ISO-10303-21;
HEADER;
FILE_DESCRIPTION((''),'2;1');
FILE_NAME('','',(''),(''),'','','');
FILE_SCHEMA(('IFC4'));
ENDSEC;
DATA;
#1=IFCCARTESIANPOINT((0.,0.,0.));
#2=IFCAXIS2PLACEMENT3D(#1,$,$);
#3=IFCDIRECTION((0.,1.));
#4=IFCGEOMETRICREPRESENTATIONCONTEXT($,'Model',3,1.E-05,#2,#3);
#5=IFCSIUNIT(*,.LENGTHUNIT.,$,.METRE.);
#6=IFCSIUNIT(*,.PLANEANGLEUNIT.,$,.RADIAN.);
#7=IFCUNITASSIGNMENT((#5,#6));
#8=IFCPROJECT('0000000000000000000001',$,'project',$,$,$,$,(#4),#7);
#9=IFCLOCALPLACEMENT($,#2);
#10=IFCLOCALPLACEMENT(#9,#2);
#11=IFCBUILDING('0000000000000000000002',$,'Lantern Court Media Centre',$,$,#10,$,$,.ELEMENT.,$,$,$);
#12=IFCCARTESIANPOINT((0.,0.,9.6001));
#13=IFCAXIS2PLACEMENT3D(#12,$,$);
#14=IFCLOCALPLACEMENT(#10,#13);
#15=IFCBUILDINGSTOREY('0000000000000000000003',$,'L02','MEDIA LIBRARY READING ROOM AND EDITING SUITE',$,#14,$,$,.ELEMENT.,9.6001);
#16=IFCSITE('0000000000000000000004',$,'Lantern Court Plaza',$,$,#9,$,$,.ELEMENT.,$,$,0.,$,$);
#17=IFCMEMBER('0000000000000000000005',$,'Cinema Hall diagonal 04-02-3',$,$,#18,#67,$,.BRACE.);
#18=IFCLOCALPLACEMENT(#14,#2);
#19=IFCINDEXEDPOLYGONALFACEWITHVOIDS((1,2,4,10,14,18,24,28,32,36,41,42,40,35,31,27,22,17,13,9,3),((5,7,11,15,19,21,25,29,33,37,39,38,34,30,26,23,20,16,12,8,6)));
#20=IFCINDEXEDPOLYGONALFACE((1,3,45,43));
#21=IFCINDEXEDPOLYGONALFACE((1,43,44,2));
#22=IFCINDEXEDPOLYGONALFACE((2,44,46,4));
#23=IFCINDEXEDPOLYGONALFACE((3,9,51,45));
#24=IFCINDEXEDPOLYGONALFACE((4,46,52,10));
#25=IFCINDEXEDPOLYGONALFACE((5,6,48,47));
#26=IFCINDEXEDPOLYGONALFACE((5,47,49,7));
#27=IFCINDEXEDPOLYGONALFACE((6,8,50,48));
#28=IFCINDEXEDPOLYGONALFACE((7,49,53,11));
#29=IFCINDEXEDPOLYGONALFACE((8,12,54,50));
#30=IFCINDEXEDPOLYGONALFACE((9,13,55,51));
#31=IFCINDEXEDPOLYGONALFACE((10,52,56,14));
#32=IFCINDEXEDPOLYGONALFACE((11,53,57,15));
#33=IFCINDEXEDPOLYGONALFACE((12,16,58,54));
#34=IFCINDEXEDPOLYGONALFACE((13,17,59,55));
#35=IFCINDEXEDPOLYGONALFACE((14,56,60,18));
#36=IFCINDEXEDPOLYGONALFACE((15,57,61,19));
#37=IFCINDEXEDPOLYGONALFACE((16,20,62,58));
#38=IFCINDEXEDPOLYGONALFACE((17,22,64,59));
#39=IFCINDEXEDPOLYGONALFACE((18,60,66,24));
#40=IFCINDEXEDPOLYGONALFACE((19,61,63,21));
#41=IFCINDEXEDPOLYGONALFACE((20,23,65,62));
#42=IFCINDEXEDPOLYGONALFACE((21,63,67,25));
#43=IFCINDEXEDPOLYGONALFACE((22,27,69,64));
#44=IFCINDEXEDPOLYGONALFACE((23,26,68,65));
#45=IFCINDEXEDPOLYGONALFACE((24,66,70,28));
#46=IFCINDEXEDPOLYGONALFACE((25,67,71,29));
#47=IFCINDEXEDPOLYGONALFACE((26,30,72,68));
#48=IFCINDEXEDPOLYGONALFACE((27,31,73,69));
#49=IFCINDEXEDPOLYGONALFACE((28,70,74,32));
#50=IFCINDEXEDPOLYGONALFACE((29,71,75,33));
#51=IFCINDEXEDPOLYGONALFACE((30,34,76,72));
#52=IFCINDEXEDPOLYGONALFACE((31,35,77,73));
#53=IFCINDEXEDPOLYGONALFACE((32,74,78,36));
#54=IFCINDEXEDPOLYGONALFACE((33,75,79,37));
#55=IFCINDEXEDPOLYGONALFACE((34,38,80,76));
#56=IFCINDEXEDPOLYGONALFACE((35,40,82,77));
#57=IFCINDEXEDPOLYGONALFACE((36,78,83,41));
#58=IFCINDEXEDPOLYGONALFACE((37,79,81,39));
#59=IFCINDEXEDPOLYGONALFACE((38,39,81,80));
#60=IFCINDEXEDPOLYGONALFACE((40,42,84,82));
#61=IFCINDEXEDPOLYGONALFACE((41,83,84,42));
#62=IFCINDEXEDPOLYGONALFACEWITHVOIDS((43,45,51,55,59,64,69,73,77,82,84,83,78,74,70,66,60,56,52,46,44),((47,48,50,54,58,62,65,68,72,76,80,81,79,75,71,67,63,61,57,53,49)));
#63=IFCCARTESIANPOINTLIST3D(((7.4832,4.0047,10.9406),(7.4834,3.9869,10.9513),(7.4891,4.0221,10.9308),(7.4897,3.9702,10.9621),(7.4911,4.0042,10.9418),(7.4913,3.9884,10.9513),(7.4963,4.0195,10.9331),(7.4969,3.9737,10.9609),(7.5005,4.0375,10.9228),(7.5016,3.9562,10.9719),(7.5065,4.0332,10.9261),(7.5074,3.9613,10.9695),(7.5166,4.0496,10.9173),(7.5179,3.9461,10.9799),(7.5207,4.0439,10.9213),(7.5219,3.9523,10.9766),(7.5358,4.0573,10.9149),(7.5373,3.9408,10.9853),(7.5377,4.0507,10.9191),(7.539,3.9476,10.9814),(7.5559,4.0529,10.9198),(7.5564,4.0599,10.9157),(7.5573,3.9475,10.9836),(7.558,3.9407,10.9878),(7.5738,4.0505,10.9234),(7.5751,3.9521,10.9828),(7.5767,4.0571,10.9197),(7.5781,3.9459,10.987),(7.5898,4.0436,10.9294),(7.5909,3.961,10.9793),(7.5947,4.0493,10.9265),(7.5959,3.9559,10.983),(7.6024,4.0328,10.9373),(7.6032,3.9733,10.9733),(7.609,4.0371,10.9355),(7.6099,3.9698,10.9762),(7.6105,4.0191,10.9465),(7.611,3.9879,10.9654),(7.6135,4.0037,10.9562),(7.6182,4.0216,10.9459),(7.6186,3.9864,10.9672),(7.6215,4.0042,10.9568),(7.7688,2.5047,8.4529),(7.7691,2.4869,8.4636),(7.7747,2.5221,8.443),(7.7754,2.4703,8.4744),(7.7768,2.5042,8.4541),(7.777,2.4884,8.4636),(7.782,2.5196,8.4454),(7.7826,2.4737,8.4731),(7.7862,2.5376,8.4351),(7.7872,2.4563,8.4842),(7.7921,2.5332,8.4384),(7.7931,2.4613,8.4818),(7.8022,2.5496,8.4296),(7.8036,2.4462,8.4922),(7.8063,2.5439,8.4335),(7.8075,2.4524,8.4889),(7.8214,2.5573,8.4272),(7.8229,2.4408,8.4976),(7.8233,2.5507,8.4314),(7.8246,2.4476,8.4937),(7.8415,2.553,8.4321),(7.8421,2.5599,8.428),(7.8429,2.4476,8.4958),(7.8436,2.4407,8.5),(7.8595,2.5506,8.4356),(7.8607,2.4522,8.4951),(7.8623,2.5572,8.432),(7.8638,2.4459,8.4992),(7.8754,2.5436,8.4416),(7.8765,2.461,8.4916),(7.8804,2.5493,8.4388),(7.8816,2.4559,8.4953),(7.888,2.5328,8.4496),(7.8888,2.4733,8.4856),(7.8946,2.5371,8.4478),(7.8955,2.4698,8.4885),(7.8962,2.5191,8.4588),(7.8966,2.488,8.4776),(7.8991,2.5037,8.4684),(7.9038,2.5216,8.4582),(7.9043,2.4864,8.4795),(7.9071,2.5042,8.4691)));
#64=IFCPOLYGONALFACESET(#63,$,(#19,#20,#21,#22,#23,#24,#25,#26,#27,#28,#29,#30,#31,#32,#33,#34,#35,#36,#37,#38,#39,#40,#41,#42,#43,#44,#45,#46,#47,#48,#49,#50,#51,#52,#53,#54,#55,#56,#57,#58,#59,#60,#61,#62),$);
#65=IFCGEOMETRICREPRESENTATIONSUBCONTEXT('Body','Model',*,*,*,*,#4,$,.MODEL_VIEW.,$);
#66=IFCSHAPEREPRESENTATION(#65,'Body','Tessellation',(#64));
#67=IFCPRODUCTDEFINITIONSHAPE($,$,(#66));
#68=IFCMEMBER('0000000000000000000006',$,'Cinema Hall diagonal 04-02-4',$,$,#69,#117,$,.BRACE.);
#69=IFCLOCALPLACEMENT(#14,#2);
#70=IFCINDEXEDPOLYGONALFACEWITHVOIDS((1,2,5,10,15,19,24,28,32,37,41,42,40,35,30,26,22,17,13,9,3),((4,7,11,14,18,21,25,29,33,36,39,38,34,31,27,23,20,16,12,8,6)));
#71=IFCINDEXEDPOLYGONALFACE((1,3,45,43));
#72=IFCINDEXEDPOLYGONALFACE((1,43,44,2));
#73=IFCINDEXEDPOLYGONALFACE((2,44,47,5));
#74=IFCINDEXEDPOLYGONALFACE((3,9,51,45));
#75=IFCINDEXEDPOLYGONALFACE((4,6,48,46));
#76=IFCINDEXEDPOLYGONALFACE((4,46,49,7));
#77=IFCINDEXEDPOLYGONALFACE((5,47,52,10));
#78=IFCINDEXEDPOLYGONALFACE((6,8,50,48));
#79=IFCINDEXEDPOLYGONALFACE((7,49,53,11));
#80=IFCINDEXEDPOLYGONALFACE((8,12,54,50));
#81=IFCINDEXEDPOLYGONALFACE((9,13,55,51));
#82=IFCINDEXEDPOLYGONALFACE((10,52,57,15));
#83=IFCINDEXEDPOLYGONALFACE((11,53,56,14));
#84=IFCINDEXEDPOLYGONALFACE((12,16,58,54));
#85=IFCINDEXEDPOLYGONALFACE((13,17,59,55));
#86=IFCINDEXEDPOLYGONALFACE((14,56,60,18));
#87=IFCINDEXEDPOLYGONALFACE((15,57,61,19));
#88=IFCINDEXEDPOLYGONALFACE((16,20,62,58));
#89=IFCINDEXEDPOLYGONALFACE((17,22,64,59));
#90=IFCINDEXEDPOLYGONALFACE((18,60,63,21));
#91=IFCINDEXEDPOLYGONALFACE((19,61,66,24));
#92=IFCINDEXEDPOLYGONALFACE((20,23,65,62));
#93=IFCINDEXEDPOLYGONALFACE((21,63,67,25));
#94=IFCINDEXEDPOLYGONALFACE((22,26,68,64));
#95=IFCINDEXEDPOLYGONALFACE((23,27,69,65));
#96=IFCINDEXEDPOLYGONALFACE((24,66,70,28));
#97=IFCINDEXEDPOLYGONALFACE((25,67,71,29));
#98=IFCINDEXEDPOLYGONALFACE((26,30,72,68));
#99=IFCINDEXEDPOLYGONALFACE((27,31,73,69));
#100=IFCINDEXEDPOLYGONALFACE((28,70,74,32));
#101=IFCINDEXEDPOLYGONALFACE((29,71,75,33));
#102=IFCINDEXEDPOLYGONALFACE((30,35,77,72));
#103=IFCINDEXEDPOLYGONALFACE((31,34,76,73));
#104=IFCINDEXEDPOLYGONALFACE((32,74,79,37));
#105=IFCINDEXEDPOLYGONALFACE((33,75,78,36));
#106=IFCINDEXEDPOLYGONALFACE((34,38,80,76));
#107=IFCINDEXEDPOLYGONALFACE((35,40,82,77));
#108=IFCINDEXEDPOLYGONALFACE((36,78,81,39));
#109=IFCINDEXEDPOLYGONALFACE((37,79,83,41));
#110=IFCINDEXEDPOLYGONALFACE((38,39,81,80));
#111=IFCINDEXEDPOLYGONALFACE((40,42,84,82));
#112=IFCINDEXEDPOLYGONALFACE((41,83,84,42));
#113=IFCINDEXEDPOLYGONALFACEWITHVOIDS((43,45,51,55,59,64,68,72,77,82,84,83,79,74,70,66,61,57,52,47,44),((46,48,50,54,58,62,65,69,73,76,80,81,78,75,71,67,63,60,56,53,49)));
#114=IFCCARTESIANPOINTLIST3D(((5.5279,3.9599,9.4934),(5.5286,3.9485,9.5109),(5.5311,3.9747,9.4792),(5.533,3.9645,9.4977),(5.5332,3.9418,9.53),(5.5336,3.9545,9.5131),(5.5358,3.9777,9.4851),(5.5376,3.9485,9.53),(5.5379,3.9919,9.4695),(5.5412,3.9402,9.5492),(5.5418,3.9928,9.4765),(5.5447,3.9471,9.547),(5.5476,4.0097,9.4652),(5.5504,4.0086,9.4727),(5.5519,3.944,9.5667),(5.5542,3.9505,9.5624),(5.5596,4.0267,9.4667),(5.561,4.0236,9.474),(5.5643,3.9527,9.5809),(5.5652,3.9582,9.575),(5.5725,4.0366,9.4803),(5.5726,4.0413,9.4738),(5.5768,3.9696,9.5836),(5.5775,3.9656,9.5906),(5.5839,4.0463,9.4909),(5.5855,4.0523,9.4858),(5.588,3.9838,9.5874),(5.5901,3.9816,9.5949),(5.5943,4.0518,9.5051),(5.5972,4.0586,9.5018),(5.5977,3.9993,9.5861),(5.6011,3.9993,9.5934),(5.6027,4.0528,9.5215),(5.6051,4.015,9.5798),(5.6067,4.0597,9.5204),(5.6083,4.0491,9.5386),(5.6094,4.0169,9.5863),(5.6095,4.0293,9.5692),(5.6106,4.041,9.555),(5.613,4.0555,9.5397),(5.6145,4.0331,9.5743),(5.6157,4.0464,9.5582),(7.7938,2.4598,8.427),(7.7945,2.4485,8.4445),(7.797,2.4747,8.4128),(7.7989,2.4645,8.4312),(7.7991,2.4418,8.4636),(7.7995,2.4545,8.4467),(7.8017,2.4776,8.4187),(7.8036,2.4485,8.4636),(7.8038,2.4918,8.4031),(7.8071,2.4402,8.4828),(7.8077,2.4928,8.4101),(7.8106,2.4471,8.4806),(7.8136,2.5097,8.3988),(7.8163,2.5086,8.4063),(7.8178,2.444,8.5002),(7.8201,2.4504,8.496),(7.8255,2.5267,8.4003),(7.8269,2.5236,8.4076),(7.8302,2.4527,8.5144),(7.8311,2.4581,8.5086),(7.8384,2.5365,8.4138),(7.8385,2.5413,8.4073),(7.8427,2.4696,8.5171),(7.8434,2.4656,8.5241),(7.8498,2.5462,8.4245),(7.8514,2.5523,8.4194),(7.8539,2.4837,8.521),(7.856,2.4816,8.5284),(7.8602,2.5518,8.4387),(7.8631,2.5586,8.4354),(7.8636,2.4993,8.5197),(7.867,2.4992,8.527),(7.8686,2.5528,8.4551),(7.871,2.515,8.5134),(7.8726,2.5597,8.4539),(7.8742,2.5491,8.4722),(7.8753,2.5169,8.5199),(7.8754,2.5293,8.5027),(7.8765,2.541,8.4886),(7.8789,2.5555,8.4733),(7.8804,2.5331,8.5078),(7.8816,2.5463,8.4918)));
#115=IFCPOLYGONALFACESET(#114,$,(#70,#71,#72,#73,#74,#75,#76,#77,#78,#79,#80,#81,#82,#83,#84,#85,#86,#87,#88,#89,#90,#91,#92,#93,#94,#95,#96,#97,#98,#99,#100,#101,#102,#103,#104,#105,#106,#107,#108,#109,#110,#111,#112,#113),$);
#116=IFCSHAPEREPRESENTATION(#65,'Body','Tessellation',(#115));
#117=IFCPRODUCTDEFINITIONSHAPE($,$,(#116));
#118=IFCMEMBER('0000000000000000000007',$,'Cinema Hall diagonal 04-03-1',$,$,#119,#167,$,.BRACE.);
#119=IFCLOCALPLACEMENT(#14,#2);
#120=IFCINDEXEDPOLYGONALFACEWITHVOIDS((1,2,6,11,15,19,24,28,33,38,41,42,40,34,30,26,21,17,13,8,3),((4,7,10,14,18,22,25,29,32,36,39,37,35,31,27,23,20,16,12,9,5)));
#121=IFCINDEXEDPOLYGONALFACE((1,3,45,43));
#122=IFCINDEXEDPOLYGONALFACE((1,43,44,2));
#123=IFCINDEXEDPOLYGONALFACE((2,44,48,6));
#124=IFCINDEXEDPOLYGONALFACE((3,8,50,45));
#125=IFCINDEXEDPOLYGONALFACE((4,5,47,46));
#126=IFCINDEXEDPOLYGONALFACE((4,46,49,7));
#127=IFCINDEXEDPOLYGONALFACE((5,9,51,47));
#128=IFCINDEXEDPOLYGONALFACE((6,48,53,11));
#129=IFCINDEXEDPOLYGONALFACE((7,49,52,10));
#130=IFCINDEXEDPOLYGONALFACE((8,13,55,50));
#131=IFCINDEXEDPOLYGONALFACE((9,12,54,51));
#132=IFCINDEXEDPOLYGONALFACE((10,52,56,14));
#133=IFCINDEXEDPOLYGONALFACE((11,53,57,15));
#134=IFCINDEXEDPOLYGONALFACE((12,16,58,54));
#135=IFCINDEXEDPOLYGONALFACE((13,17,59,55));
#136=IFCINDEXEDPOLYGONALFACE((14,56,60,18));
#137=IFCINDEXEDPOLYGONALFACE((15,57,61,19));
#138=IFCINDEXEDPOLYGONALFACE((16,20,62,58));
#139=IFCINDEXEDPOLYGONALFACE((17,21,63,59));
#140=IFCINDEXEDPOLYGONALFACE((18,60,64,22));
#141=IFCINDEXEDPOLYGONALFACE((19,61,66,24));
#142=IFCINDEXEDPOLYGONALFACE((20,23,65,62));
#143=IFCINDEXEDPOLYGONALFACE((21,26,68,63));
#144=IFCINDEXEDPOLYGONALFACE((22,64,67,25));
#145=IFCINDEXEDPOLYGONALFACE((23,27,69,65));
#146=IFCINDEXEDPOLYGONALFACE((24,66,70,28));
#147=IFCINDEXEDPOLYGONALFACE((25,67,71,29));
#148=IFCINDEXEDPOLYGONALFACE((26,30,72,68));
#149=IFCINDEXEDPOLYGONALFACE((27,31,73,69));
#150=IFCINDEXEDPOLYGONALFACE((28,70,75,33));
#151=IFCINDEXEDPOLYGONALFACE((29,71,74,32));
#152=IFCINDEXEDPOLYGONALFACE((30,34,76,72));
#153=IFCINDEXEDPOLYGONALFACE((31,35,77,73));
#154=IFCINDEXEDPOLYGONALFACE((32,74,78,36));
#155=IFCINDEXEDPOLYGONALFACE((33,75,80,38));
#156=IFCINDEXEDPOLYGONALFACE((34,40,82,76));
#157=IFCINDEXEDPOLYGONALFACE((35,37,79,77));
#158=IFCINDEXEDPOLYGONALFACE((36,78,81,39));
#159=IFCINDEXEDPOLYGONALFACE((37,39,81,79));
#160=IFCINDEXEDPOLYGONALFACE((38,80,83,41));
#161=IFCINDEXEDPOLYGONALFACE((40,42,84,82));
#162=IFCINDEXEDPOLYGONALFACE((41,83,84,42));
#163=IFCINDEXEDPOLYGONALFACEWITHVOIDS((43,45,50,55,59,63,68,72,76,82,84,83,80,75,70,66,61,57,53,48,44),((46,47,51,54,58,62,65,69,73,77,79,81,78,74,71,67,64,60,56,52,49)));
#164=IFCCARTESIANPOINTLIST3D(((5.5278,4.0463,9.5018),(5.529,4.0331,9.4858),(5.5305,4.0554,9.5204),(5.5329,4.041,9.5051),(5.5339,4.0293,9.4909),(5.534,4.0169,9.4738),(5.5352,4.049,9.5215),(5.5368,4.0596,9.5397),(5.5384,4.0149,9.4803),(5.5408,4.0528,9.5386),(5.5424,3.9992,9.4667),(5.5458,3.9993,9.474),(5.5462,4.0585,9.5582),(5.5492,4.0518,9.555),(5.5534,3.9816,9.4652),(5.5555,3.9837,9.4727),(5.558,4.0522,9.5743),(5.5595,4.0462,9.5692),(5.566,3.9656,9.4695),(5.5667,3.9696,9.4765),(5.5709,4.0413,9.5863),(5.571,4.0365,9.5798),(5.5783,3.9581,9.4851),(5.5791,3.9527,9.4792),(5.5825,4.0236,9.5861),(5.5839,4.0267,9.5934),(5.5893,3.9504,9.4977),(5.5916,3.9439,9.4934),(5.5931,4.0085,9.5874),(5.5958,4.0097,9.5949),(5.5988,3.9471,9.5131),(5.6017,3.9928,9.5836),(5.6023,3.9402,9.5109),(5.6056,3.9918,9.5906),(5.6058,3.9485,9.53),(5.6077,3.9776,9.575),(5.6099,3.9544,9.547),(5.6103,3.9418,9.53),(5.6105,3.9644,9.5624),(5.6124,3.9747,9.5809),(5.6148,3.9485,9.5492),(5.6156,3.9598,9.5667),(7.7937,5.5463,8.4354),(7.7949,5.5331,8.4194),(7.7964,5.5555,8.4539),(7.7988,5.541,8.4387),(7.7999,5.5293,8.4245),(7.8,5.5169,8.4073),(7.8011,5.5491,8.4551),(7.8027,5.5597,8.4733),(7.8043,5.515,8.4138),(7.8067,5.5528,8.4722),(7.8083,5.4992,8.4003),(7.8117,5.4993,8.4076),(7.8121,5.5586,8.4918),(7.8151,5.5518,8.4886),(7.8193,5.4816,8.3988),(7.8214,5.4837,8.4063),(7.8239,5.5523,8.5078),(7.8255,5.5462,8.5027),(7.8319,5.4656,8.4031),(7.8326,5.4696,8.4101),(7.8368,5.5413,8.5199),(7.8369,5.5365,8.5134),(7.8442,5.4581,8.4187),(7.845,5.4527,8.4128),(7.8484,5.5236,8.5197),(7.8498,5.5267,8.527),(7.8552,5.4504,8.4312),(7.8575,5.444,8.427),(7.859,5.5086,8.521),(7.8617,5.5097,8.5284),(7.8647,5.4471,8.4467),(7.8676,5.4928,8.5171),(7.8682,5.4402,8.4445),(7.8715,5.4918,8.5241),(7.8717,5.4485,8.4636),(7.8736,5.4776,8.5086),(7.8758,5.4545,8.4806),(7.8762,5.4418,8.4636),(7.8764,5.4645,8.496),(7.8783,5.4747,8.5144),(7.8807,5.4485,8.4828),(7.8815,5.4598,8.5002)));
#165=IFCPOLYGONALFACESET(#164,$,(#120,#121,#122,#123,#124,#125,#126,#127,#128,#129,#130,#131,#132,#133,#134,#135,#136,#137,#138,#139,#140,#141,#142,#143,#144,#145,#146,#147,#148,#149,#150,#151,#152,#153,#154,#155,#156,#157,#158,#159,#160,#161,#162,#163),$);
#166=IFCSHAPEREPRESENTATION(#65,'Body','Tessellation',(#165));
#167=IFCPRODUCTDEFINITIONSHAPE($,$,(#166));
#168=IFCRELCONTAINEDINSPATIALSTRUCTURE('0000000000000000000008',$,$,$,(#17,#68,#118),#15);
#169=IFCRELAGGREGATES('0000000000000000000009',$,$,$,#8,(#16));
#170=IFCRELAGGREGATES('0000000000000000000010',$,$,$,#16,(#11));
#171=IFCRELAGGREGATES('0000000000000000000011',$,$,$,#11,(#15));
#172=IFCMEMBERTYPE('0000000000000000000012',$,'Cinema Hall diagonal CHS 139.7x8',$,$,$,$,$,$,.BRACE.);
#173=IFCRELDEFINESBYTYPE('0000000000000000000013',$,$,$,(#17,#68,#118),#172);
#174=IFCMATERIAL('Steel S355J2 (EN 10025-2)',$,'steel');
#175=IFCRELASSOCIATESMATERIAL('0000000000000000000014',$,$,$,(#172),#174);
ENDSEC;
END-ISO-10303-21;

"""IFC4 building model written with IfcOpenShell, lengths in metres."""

from ifc_helpers import new_model, si_unit, direction, frame, origin, origin_2d, place, context, subcontext, project, spatial, hollow_circle, extrude, material, material_profile, profile_set, type_object, element, save


model = new_model("IFC4")

# Units and contexts
model_context = context("Model", 3, precision=1e-05, world=origin(), true_north=direction((0.0, 1.0)))
body_context = subcontext(model_context, "Body", "Model", "MODEL_VIEW")
ifc_project = project(units=[si_unit("LENGTHUNIT", "METRE"), si_unit("PLANEANGLEUNIT", "RADIAN")], contexts=[model_context])

# Site, building, storey
site_placement = place(None, origin())
site = spatial("IfcSite", under=ifc_project, at=site_placement, Name="Lantern Court Plaza", CompositionType="ELEMENT", RefElevation=0.0)
building_placement = place(site_placement, origin())
building = spatial("IfcBuilding", under=site, at=building_placement, Name="Lantern Court Media Centre", CompositionType="ELEMENT")
storey_placement = place(building_placement, frame((0.0, 0.0, 9.6001)))
storey = spatial("IfcBuildingStorey", under=building, at=storey_placement, Name="L02", Description="MEDIA LIBRARY READING ROOM AND EDITING SUITE", CompositionType="ELEMENT", Elevation=9.6001)

# Members
ifc_material_1 = material(Name="Steel S355J2 (EN 10025-2)", Category="steel")
ifc_material_profile_1 = material_profile(ifc_material_1, hollow_circle(Radius=0.0698, WallThickness=0.0081, at=origin_2d()), Name="Cinema Hall diagonal CHS 139.7x8")
ifc_profile_set_1 = profile_set([ifc_material_profile_1], Name="Steel S355J2 (EN 10025-2)")
member_type_1 = type_object("IfcMemberType", Name="Cinema Hall diagonal CHS 139.7x8", PredefinedType="BRACE", material=ifc_profile_set_1)
for number, where, z_axis, x_axis, name in (
    (1, (7.8376, 2.5, 8.4636), (-0.097856, 0.51387, 0.852268), (-0.982347, -0.187068, 0.0), "Cinema Hall diagonal 04-02-3"),
):
    element("IfcMember", number, at=place(storey_placement, frame(where, z_axis=z_axis, x_axis=x_axis)), inside=storey, type_object=member_type_1, Name=name, PredefinedType="BRACE", context=body_context, shape_type="SweptSolid", body=[
        extrude(hollow_circle(Radius=0.0698, WallThickness=0.0081, at=origin_2d()), origin(), (0.0, 0.0, 1.0), 2.9189),
    ])
for number, where, z_axis, x_axis, name in (
    (2, (7.8376, 2.5, 8.4636), (-0.776211, 0.51385, 0.365315), (-0.552002, -0.833843, 0.0), "Cinema Hall diagonal 04-02-4"),
    (3, (7.8376, 5.5, 8.4636), (-0.776211, -0.51385, 0.365315), (0.552002, -0.833843, 0.0), "Cinema Hall diagonal 04-03-1"),
):
    element("IfcMember", number, at=place(storey_placement, frame(where, z_axis=z_axis, x_axis=x_axis)), inside=storey, type_object=member_type_1, Name=name, PredefinedType="BRACE", context=body_context, shape_type="SweptSolid", body=[
        extrude(hollow_circle(Radius=0.0698, WallThickness=0.0081, at=origin_2d()), origin(), (0.0, 0.0, 1.0), 2.9192),
    ])

save(model, "model.ifc")
